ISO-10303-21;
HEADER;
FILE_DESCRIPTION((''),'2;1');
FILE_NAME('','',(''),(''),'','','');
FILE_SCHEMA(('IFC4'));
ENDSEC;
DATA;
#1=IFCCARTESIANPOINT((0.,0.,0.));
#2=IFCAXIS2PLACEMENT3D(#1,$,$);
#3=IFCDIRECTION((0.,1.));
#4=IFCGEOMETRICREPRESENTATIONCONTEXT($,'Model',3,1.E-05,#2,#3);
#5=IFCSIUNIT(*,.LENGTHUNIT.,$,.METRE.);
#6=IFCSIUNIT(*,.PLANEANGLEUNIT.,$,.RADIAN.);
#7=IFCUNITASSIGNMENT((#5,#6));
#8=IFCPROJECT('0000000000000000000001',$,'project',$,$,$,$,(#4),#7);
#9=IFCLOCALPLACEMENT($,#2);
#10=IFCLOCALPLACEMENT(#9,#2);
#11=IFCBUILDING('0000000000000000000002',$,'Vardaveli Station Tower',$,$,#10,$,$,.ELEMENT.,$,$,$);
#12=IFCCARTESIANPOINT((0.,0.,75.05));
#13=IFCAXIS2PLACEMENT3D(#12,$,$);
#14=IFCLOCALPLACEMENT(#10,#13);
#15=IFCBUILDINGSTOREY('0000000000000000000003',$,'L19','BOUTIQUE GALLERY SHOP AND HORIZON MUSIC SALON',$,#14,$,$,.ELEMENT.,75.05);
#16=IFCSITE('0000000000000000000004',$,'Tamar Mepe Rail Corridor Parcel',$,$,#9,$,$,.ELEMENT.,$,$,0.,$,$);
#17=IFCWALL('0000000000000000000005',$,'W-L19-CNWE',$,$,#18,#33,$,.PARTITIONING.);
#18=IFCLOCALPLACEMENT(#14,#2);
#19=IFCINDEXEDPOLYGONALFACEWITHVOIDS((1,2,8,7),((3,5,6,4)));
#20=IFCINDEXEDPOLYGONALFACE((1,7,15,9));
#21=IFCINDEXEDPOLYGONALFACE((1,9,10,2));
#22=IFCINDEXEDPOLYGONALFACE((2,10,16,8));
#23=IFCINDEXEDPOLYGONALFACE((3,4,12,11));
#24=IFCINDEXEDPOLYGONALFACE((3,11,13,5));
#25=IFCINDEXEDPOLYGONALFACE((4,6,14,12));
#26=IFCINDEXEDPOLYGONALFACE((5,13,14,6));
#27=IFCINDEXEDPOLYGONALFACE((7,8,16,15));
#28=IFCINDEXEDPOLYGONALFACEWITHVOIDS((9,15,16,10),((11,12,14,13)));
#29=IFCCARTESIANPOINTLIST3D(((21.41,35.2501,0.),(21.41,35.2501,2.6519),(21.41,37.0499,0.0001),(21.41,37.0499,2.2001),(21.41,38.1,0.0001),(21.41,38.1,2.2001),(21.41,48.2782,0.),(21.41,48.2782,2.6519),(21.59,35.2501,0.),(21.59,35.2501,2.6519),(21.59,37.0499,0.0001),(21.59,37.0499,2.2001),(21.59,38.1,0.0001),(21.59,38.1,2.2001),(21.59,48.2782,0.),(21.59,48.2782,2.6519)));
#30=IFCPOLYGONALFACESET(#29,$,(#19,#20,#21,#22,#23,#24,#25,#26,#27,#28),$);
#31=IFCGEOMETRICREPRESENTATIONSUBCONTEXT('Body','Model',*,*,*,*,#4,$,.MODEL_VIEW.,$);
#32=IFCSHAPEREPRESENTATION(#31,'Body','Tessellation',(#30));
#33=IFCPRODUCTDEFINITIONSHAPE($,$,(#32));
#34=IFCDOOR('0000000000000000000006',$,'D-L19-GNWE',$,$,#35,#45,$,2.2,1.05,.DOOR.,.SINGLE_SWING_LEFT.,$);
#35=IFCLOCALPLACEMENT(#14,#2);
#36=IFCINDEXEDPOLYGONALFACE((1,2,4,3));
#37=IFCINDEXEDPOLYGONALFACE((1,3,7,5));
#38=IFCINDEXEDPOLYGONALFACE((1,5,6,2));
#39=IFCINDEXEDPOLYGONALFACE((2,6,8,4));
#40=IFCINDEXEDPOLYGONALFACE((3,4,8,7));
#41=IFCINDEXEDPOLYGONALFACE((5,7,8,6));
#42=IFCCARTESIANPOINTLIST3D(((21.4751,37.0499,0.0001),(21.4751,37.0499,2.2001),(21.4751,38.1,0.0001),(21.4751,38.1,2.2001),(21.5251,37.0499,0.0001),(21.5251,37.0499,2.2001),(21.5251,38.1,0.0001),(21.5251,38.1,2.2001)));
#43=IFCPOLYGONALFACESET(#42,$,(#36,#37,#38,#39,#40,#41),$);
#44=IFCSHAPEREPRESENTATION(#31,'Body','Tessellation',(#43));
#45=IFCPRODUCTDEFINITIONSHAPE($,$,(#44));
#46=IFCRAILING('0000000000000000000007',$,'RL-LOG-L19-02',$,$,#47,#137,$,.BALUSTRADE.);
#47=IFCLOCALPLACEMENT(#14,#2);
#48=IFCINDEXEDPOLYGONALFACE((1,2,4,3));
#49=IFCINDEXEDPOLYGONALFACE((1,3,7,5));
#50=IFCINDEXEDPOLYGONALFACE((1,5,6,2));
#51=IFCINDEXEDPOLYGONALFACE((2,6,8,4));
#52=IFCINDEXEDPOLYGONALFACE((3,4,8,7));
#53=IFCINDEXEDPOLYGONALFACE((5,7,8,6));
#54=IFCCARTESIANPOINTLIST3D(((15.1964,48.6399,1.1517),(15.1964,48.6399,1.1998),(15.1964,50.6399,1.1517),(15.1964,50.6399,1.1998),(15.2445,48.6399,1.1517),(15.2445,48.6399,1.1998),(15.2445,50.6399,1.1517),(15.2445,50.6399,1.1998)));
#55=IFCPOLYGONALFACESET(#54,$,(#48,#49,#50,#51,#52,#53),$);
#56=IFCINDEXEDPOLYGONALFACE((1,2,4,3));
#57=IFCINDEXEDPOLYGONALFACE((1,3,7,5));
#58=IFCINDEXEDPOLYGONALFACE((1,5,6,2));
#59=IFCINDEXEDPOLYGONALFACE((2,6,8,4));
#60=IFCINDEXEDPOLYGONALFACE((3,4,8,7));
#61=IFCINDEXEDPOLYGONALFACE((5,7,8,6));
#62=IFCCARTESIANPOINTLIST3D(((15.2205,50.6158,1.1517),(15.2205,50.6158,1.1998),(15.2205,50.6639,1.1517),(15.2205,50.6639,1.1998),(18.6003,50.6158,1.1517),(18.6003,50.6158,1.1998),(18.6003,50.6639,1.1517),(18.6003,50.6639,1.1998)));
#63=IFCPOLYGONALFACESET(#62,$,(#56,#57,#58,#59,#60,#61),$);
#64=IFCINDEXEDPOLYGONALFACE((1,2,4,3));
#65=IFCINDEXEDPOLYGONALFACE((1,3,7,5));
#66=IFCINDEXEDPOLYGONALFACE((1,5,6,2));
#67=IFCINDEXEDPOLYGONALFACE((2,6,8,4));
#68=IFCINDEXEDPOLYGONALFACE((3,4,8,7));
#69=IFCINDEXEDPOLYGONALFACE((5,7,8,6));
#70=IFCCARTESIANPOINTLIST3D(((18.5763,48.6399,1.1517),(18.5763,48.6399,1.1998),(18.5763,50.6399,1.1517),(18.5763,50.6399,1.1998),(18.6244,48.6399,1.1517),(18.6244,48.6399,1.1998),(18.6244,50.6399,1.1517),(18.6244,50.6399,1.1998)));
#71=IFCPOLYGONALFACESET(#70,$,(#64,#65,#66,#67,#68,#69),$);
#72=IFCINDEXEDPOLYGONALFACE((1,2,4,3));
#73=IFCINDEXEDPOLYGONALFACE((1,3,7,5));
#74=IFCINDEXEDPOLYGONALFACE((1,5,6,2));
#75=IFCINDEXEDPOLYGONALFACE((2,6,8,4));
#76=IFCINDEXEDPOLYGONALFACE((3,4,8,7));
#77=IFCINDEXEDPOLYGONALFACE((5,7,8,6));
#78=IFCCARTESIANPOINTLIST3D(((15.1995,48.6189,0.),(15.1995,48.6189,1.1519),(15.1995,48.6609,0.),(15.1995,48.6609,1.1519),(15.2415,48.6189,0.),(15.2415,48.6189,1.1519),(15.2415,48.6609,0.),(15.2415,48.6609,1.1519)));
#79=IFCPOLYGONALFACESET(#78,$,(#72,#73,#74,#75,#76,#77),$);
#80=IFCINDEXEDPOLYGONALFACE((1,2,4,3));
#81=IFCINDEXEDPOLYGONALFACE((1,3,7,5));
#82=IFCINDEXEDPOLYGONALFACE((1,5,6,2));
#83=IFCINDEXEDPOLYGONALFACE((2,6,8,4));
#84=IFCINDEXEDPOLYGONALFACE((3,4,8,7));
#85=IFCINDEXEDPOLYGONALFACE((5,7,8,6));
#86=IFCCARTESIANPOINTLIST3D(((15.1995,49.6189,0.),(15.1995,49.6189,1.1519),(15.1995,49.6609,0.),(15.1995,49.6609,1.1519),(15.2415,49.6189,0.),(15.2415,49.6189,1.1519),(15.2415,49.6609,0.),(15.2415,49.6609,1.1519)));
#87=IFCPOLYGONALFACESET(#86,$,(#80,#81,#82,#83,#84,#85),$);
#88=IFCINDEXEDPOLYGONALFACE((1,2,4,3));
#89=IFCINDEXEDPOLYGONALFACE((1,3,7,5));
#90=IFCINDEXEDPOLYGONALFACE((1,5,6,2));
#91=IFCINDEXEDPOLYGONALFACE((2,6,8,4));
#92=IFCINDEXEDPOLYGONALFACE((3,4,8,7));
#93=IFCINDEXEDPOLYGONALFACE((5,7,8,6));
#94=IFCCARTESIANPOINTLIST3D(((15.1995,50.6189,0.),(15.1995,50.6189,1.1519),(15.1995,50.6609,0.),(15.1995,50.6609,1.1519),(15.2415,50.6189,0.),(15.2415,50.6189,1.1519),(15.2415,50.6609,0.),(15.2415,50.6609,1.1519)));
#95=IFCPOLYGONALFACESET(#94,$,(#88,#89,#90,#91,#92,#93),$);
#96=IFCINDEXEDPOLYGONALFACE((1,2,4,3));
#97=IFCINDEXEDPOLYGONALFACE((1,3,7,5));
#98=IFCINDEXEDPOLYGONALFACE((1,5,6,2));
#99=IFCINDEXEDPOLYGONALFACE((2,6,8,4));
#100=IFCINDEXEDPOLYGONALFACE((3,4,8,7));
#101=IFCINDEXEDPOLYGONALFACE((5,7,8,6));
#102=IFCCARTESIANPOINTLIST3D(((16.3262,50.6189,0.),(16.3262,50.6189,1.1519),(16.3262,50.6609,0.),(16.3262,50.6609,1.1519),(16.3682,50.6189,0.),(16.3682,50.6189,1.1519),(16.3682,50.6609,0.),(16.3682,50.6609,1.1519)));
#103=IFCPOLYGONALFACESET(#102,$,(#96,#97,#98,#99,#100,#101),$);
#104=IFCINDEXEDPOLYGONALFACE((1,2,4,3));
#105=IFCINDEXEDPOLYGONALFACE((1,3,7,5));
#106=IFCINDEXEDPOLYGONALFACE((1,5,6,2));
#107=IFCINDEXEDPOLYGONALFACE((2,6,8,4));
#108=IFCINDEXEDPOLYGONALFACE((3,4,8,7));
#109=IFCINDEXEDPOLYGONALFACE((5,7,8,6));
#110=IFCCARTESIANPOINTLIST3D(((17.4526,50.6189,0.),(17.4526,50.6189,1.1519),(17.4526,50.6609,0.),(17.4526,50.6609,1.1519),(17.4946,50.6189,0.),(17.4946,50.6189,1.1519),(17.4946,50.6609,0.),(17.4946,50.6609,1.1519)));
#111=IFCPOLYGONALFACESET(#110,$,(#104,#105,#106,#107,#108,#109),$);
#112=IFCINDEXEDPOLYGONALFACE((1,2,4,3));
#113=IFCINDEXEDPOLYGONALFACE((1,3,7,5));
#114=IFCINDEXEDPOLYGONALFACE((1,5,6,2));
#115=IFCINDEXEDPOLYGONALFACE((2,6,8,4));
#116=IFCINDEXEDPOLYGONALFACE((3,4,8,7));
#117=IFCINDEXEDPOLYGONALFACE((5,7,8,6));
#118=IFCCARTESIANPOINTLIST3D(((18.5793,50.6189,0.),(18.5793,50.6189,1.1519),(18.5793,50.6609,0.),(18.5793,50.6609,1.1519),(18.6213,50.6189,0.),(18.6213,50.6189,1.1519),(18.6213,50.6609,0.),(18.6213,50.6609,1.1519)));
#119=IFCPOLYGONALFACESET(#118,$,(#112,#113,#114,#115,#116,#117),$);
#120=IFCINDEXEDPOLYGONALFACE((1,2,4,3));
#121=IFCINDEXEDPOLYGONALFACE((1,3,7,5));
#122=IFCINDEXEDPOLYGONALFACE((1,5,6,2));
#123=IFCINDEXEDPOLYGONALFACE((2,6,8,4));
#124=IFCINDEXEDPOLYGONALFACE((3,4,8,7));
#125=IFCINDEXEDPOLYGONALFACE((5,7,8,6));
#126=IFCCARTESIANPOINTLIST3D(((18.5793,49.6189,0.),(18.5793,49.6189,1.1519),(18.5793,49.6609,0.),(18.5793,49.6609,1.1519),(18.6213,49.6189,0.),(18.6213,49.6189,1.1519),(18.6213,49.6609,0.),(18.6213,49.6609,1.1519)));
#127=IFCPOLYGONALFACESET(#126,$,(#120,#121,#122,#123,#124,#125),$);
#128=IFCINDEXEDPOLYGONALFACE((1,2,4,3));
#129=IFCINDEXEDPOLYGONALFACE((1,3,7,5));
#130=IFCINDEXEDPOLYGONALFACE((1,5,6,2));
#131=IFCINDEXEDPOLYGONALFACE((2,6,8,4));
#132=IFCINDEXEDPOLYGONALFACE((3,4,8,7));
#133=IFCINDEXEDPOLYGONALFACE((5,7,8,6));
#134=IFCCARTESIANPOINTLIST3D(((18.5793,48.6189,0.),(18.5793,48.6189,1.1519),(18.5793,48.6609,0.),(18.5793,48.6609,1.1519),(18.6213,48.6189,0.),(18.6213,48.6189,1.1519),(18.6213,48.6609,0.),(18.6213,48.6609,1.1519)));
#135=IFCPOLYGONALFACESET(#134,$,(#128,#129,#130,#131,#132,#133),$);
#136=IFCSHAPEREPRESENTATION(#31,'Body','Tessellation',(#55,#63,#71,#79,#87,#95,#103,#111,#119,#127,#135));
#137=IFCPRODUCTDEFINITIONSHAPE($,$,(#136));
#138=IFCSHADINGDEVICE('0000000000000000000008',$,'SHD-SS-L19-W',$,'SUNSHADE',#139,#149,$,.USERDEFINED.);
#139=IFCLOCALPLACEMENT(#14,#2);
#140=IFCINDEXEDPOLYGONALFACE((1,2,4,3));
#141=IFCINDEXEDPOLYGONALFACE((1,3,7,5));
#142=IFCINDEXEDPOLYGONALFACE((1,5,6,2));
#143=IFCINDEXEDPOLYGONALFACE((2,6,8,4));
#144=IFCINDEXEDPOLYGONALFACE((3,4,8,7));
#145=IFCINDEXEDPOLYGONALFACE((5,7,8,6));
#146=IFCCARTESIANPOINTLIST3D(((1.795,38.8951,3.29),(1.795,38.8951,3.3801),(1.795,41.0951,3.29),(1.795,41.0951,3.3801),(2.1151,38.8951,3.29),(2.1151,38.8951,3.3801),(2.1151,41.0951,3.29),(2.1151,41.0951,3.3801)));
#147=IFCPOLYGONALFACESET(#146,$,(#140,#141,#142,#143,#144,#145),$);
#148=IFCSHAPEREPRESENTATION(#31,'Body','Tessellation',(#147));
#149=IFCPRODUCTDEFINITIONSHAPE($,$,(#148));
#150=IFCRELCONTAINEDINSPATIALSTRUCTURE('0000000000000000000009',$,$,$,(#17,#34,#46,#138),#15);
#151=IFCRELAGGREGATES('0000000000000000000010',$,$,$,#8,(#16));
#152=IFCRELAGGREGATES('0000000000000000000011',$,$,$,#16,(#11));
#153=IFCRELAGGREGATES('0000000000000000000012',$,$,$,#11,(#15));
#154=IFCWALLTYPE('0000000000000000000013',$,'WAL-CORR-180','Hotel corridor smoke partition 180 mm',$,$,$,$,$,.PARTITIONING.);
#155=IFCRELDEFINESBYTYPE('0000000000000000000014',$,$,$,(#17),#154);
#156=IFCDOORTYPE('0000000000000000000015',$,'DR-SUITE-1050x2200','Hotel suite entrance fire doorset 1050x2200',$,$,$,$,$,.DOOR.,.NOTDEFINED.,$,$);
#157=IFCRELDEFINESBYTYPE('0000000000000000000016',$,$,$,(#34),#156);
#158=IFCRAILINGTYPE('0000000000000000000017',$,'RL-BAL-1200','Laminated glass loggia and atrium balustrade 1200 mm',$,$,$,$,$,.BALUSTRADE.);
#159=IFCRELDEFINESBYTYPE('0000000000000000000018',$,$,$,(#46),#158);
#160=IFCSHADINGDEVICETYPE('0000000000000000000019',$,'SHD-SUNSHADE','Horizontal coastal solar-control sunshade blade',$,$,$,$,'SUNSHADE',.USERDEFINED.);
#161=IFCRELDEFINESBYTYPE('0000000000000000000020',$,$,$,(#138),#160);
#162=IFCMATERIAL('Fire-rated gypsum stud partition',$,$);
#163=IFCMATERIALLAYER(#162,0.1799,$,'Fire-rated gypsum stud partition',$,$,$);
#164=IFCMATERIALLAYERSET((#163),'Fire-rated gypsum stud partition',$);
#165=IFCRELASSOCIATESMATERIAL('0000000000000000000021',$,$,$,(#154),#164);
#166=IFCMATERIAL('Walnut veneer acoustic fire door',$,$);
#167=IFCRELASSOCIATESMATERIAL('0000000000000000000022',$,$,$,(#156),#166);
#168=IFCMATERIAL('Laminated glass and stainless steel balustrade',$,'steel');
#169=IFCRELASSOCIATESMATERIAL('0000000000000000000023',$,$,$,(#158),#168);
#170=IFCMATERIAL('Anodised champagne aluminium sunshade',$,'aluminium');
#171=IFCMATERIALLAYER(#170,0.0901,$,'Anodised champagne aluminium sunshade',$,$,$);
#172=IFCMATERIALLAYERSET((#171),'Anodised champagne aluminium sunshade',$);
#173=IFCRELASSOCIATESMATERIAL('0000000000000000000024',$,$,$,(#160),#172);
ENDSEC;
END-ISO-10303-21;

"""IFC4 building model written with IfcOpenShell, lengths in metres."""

from ifc_helpers import new_model, si_unit, direction, frame, frame_2d, origin, origin_2d, place, context, subcontext, project, spatial, rectangle, extrude, source, transform, mapped, material, layer, layer_set, type_object, element, fill, save


model = new_model("IFC4")

# Units and contexts
model_context = context("Model", 3, precision=1e-05, world=origin(), true_north=direction((0.0, 1.0)))
body_context = subcontext(model_context, "Body", "Model", "MODEL_VIEW")
ifc_project = project(units=[si_unit("LENGTHUNIT", "METRE"), si_unit("PLANEANGLEUNIT", "RADIAN")], contexts=[model_context])

# Site, building, storey
site_placement = place(None, origin())
site = spatial("IfcSite", under=ifc_project, at=site_placement, Name="Tamar Mepe Rail Corridor Parcel", CompositionType="ELEMENT", RefElevation=0.0)
building_placement = place(site_placement, origin())
building = spatial("IfcBuilding", under=site, at=building_placement, Name="Vardaveli Station Tower", CompositionType="ELEMENT")
storey_placement = place(building_placement, frame((0.0, 0.0, 75.05)))
storey = spatial("IfcBuildingStorey", under=building, at=storey_placement, Name="L19", Description="BOUTIQUE GALLERY SHOP AND HORIZON MUSIC SALON", CompositionType="ELEMENT", Elevation=75.05)

# Wall, opening, door
ifc_material_1 = material(Name="Fire-rated gypsum stud partition")
ifc_layer_1 = layer(ifc_material_1, 0.1799, Name="Fire-rated gypsum stud partition")
ifc_layer_set_1 = layer_set([ifc_layer_1], Name="Fire-rated gypsum stud partition")
wall_type_1 = type_object("IfcWallType", Name="WAL-CORR-180", Description="Hotel corridor smoke partition 180 mm", PredefinedType="PARTITIONING", material=ifc_layer_set_1)
shared_shape_1 = source(origin(), body_context, "Body", "SweptSolid", [
    extrude(rectangle(XDim=13.0281, YDim=0.1799, at=frame_2d((6.5142, 0.0))), origin(), (0.0, 0.0, 1.0), 2.6519),
])
wall_1_placement = place(storey_placement, frame((21.5, 35.25, 0.0), z_axis=(0.0, 0.0, 1.0), x_axis=(0.0, 1.0, 0.0)))
wall_1 = element("IfcWall", 1, at=wall_1_placement, inside=storey, type_object=wall_type_1, Name="W-L19-CNWE", PredefinedType="PARTITIONING", context=body_context, shape_type="MappedRepresentation", body=[
    mapped(shared_shape_1, transform((0.0, 0.0, 0.0), scale=1.0)),
])
shared_shape_2 = source(origin(), body_context, "Body", "SweptSolid", [
    extrude(rectangle(XDim=1.05, YDim=2.2, at=frame_2d((0.5249, 1.1001))), frame((0.0, 0.1001, 0.0), z_axis=(0.0, -1.0, 0.0), x_axis=(1.0, 0.0, 0.0)), (0.0, 0.0, 1.0), 0.2),
])
opening_1_placement = place(wall_1_placement, frame((1.8, 0.0, 0.0)))
opening_1 = element("IfcOpeningElement", 2, at=opening_1_placement, cuts=wall_1, PredefinedType="OPENING", context=body_context, shape_type="MappedRepresentation", body=[
    mapped(shared_shape_2, transform((0.0, 0.0, 0.0), scale=1.0)),
])
ifc_material_2 = material(Name="Walnut veneer acoustic fire door")
door_type_1 = type_object("IfcDoorType", Name="DR-SUITE-1050x2200", Description="Hotel suite entrance fire doorset 1050x2200", OperationType="NOTDEFINED", PredefinedType="DOOR", material=ifc_material_2)
shared_shape_3 = source(origin(), body_context, "Body", "SweptSolid", [
    extrude(rectangle(XDim=1.05, YDim=2.2, at=frame_2d((0.5249, 1.1001))), frame((0.0, 0.0249, 0.0), z_axis=(0.0, -1.0, 0.0), x_axis=(1.0, 0.0, 0.0)), (0.0, 0.0, 1.0), 0.05),
])
door_1_placement = place(opening_1_placement, origin())
door_1 = element("IfcDoor", 3, at=door_1_placement, inside=storey, type_object=door_type_1, Name="D-L19-GNWE", OperationType="SINGLE_SWING_LEFT", OverallHeight=2.2, OverallWidth=1.05, PredefinedType="DOOR", context=body_context, shape_type="MappedRepresentation", body=[
    mapped(shared_shape_3, transform((0.0, 0.0, 0.0), scale=1.0)),
])
fill(opening_1, door_1)

# Railing
ifc_material_3 = material(Name="Laminated glass and stainless steel balustrade", Category="steel")
railing_type = type_object("IfcRailingType", Name="RL-BAL-1200", Description="Laminated glass loggia and atrium balustrade 1200 mm", PredefinedType="BALUSTRADE", material=ifc_material_3)
shared_shape_4 = source(origin(), body_context, "Body", "SweptSolid", [
    extrude(rectangle(XDim=0.0481, YDim=0.0481, at=origin_2d()), frame((0.0, 0.0, 1.1758), z_axis=(0.0, 1.0, 0.0), x_axis=(-1.0, 0.0, 0.0)), (0.0, 0.0, 1.0), 2.0),
    extrude(rectangle(XDim=0.0481, YDim=0.0481, at=origin_2d()), frame((0.0, 2.0, 1.1758), z_axis=(1.0, 0.0, 0.0), x_axis=(0.0, 1.0, 0.0)), (0.0, 0.0, 1.0), 3.3799),
    extrude(rectangle(XDim=0.0481, YDim=0.0481, at=origin_2d()), frame((3.3799, 2.0, 1.1758), z_axis=(0.0, -1.0, 0.0), x_axis=(1.0, 0.0, 0.0)), (0.0, 0.0, 1.0), 2.0),
    extrude(rectangle(XDim=0.042, YDim=0.042, at=origin_2d()), origin(), (0.0, 0.0, 1.0), 1.1519),
    extrude(rectangle(XDim=0.042, YDim=0.042, at=origin_2d()), frame((0.0, 1.0, 0.0)), (0.0, 0.0, 1.0), 1.1519),
    extrude(rectangle(XDim=0.042, YDim=0.042, at=origin_2d()), frame((0.0, 2.0, 0.0)), (0.0, 0.0, 1.0), 1.1519),
    extrude(rectangle(XDim=0.042, YDim=0.042, at=origin_2d()), frame((1.1267, 2.0, 0.0)), (0.0, 0.0, 1.0), 1.1519),
    extrude(rectangle(XDim=0.042, YDim=0.042, at=origin_2d()), frame((2.2532, 2.0, 0.0)), (0.0, 0.0, 1.0), 1.1519),
    extrude(rectangle(XDim=0.042, YDim=0.042, at=origin_2d()), frame((3.3799, 2.0, 0.0)), (0.0, 0.0, 1.0), 1.1519),
    extrude(rectangle(XDim=0.042, YDim=0.042, at=origin_2d()), frame((3.3799, 1.0, 0.0)), (0.0, 0.0, 1.0), 1.1519),
    extrude(rectangle(XDim=0.042, YDim=0.042, at=origin_2d()), frame((3.3799, 0.0, 0.0)), (0.0, 0.0, 1.0), 1.1519),
])
railing_placement = place(storey_placement, frame((15.2205, 48.6399, 0.0)))
element("IfcRailing", 4, at=railing_placement, inside=storey, type_object=railing_type, Name="RL-LOG-L19-02", PredefinedType="BALUSTRADE", context=body_context, shape_type="MappedRepresentation", body=[
    mapped(shared_shape_4, transform((0.0, 0.0, 0.0), scale=1.0)),
])

# Shading device
ifc_material_4 = material(Name="Anodised champagne aluminium sunshade", Category="aluminium")
ifc_layer_2 = layer(ifc_material_4, 0.0901, Name="Anodised champagne aluminium sunshade")
ifc_layer_set_2 = layer_set([ifc_layer_2], Name="Anodised champagne aluminium sunshade")
shading_device_type = type_object("IfcShadingDeviceType", Name="SHD-SUNSHADE", Description="Horizontal coastal solar-control sunshade blade", ElementType="SUNSHADE", PredefinedType="USERDEFINED", material=ifc_layer_set_2)
shared_shape_5 = source(origin(), body_context, "Body", "SweptSolid", [
    extrude(rectangle(XDim=2.2, YDim=0.3201, at=origin_2d()), origin(), (0.0, 0.0, 1.0), 0.0901),
])
shading_device_placement = place(storey_placement, frame((1.9551, 39.9951, 3.29), z_axis=(0.0, 0.0, 1.0), x_axis=(0.0, 1.0, 0.0)))
element("IfcShadingDevice", 5, at=shading_device_placement, inside=storey, type_object=shading_device_type, Name="SHD-SS-L19-W", ObjectType="SUNSHADE", PredefinedType="USERDEFINED", context=body_context, shape_type="MappedRepresentation", body=[
    mapped(shared_shape_5, transform((0.0, 0.0, 0.0), scale=1.0)),
])

save(model, "model.ifc")
